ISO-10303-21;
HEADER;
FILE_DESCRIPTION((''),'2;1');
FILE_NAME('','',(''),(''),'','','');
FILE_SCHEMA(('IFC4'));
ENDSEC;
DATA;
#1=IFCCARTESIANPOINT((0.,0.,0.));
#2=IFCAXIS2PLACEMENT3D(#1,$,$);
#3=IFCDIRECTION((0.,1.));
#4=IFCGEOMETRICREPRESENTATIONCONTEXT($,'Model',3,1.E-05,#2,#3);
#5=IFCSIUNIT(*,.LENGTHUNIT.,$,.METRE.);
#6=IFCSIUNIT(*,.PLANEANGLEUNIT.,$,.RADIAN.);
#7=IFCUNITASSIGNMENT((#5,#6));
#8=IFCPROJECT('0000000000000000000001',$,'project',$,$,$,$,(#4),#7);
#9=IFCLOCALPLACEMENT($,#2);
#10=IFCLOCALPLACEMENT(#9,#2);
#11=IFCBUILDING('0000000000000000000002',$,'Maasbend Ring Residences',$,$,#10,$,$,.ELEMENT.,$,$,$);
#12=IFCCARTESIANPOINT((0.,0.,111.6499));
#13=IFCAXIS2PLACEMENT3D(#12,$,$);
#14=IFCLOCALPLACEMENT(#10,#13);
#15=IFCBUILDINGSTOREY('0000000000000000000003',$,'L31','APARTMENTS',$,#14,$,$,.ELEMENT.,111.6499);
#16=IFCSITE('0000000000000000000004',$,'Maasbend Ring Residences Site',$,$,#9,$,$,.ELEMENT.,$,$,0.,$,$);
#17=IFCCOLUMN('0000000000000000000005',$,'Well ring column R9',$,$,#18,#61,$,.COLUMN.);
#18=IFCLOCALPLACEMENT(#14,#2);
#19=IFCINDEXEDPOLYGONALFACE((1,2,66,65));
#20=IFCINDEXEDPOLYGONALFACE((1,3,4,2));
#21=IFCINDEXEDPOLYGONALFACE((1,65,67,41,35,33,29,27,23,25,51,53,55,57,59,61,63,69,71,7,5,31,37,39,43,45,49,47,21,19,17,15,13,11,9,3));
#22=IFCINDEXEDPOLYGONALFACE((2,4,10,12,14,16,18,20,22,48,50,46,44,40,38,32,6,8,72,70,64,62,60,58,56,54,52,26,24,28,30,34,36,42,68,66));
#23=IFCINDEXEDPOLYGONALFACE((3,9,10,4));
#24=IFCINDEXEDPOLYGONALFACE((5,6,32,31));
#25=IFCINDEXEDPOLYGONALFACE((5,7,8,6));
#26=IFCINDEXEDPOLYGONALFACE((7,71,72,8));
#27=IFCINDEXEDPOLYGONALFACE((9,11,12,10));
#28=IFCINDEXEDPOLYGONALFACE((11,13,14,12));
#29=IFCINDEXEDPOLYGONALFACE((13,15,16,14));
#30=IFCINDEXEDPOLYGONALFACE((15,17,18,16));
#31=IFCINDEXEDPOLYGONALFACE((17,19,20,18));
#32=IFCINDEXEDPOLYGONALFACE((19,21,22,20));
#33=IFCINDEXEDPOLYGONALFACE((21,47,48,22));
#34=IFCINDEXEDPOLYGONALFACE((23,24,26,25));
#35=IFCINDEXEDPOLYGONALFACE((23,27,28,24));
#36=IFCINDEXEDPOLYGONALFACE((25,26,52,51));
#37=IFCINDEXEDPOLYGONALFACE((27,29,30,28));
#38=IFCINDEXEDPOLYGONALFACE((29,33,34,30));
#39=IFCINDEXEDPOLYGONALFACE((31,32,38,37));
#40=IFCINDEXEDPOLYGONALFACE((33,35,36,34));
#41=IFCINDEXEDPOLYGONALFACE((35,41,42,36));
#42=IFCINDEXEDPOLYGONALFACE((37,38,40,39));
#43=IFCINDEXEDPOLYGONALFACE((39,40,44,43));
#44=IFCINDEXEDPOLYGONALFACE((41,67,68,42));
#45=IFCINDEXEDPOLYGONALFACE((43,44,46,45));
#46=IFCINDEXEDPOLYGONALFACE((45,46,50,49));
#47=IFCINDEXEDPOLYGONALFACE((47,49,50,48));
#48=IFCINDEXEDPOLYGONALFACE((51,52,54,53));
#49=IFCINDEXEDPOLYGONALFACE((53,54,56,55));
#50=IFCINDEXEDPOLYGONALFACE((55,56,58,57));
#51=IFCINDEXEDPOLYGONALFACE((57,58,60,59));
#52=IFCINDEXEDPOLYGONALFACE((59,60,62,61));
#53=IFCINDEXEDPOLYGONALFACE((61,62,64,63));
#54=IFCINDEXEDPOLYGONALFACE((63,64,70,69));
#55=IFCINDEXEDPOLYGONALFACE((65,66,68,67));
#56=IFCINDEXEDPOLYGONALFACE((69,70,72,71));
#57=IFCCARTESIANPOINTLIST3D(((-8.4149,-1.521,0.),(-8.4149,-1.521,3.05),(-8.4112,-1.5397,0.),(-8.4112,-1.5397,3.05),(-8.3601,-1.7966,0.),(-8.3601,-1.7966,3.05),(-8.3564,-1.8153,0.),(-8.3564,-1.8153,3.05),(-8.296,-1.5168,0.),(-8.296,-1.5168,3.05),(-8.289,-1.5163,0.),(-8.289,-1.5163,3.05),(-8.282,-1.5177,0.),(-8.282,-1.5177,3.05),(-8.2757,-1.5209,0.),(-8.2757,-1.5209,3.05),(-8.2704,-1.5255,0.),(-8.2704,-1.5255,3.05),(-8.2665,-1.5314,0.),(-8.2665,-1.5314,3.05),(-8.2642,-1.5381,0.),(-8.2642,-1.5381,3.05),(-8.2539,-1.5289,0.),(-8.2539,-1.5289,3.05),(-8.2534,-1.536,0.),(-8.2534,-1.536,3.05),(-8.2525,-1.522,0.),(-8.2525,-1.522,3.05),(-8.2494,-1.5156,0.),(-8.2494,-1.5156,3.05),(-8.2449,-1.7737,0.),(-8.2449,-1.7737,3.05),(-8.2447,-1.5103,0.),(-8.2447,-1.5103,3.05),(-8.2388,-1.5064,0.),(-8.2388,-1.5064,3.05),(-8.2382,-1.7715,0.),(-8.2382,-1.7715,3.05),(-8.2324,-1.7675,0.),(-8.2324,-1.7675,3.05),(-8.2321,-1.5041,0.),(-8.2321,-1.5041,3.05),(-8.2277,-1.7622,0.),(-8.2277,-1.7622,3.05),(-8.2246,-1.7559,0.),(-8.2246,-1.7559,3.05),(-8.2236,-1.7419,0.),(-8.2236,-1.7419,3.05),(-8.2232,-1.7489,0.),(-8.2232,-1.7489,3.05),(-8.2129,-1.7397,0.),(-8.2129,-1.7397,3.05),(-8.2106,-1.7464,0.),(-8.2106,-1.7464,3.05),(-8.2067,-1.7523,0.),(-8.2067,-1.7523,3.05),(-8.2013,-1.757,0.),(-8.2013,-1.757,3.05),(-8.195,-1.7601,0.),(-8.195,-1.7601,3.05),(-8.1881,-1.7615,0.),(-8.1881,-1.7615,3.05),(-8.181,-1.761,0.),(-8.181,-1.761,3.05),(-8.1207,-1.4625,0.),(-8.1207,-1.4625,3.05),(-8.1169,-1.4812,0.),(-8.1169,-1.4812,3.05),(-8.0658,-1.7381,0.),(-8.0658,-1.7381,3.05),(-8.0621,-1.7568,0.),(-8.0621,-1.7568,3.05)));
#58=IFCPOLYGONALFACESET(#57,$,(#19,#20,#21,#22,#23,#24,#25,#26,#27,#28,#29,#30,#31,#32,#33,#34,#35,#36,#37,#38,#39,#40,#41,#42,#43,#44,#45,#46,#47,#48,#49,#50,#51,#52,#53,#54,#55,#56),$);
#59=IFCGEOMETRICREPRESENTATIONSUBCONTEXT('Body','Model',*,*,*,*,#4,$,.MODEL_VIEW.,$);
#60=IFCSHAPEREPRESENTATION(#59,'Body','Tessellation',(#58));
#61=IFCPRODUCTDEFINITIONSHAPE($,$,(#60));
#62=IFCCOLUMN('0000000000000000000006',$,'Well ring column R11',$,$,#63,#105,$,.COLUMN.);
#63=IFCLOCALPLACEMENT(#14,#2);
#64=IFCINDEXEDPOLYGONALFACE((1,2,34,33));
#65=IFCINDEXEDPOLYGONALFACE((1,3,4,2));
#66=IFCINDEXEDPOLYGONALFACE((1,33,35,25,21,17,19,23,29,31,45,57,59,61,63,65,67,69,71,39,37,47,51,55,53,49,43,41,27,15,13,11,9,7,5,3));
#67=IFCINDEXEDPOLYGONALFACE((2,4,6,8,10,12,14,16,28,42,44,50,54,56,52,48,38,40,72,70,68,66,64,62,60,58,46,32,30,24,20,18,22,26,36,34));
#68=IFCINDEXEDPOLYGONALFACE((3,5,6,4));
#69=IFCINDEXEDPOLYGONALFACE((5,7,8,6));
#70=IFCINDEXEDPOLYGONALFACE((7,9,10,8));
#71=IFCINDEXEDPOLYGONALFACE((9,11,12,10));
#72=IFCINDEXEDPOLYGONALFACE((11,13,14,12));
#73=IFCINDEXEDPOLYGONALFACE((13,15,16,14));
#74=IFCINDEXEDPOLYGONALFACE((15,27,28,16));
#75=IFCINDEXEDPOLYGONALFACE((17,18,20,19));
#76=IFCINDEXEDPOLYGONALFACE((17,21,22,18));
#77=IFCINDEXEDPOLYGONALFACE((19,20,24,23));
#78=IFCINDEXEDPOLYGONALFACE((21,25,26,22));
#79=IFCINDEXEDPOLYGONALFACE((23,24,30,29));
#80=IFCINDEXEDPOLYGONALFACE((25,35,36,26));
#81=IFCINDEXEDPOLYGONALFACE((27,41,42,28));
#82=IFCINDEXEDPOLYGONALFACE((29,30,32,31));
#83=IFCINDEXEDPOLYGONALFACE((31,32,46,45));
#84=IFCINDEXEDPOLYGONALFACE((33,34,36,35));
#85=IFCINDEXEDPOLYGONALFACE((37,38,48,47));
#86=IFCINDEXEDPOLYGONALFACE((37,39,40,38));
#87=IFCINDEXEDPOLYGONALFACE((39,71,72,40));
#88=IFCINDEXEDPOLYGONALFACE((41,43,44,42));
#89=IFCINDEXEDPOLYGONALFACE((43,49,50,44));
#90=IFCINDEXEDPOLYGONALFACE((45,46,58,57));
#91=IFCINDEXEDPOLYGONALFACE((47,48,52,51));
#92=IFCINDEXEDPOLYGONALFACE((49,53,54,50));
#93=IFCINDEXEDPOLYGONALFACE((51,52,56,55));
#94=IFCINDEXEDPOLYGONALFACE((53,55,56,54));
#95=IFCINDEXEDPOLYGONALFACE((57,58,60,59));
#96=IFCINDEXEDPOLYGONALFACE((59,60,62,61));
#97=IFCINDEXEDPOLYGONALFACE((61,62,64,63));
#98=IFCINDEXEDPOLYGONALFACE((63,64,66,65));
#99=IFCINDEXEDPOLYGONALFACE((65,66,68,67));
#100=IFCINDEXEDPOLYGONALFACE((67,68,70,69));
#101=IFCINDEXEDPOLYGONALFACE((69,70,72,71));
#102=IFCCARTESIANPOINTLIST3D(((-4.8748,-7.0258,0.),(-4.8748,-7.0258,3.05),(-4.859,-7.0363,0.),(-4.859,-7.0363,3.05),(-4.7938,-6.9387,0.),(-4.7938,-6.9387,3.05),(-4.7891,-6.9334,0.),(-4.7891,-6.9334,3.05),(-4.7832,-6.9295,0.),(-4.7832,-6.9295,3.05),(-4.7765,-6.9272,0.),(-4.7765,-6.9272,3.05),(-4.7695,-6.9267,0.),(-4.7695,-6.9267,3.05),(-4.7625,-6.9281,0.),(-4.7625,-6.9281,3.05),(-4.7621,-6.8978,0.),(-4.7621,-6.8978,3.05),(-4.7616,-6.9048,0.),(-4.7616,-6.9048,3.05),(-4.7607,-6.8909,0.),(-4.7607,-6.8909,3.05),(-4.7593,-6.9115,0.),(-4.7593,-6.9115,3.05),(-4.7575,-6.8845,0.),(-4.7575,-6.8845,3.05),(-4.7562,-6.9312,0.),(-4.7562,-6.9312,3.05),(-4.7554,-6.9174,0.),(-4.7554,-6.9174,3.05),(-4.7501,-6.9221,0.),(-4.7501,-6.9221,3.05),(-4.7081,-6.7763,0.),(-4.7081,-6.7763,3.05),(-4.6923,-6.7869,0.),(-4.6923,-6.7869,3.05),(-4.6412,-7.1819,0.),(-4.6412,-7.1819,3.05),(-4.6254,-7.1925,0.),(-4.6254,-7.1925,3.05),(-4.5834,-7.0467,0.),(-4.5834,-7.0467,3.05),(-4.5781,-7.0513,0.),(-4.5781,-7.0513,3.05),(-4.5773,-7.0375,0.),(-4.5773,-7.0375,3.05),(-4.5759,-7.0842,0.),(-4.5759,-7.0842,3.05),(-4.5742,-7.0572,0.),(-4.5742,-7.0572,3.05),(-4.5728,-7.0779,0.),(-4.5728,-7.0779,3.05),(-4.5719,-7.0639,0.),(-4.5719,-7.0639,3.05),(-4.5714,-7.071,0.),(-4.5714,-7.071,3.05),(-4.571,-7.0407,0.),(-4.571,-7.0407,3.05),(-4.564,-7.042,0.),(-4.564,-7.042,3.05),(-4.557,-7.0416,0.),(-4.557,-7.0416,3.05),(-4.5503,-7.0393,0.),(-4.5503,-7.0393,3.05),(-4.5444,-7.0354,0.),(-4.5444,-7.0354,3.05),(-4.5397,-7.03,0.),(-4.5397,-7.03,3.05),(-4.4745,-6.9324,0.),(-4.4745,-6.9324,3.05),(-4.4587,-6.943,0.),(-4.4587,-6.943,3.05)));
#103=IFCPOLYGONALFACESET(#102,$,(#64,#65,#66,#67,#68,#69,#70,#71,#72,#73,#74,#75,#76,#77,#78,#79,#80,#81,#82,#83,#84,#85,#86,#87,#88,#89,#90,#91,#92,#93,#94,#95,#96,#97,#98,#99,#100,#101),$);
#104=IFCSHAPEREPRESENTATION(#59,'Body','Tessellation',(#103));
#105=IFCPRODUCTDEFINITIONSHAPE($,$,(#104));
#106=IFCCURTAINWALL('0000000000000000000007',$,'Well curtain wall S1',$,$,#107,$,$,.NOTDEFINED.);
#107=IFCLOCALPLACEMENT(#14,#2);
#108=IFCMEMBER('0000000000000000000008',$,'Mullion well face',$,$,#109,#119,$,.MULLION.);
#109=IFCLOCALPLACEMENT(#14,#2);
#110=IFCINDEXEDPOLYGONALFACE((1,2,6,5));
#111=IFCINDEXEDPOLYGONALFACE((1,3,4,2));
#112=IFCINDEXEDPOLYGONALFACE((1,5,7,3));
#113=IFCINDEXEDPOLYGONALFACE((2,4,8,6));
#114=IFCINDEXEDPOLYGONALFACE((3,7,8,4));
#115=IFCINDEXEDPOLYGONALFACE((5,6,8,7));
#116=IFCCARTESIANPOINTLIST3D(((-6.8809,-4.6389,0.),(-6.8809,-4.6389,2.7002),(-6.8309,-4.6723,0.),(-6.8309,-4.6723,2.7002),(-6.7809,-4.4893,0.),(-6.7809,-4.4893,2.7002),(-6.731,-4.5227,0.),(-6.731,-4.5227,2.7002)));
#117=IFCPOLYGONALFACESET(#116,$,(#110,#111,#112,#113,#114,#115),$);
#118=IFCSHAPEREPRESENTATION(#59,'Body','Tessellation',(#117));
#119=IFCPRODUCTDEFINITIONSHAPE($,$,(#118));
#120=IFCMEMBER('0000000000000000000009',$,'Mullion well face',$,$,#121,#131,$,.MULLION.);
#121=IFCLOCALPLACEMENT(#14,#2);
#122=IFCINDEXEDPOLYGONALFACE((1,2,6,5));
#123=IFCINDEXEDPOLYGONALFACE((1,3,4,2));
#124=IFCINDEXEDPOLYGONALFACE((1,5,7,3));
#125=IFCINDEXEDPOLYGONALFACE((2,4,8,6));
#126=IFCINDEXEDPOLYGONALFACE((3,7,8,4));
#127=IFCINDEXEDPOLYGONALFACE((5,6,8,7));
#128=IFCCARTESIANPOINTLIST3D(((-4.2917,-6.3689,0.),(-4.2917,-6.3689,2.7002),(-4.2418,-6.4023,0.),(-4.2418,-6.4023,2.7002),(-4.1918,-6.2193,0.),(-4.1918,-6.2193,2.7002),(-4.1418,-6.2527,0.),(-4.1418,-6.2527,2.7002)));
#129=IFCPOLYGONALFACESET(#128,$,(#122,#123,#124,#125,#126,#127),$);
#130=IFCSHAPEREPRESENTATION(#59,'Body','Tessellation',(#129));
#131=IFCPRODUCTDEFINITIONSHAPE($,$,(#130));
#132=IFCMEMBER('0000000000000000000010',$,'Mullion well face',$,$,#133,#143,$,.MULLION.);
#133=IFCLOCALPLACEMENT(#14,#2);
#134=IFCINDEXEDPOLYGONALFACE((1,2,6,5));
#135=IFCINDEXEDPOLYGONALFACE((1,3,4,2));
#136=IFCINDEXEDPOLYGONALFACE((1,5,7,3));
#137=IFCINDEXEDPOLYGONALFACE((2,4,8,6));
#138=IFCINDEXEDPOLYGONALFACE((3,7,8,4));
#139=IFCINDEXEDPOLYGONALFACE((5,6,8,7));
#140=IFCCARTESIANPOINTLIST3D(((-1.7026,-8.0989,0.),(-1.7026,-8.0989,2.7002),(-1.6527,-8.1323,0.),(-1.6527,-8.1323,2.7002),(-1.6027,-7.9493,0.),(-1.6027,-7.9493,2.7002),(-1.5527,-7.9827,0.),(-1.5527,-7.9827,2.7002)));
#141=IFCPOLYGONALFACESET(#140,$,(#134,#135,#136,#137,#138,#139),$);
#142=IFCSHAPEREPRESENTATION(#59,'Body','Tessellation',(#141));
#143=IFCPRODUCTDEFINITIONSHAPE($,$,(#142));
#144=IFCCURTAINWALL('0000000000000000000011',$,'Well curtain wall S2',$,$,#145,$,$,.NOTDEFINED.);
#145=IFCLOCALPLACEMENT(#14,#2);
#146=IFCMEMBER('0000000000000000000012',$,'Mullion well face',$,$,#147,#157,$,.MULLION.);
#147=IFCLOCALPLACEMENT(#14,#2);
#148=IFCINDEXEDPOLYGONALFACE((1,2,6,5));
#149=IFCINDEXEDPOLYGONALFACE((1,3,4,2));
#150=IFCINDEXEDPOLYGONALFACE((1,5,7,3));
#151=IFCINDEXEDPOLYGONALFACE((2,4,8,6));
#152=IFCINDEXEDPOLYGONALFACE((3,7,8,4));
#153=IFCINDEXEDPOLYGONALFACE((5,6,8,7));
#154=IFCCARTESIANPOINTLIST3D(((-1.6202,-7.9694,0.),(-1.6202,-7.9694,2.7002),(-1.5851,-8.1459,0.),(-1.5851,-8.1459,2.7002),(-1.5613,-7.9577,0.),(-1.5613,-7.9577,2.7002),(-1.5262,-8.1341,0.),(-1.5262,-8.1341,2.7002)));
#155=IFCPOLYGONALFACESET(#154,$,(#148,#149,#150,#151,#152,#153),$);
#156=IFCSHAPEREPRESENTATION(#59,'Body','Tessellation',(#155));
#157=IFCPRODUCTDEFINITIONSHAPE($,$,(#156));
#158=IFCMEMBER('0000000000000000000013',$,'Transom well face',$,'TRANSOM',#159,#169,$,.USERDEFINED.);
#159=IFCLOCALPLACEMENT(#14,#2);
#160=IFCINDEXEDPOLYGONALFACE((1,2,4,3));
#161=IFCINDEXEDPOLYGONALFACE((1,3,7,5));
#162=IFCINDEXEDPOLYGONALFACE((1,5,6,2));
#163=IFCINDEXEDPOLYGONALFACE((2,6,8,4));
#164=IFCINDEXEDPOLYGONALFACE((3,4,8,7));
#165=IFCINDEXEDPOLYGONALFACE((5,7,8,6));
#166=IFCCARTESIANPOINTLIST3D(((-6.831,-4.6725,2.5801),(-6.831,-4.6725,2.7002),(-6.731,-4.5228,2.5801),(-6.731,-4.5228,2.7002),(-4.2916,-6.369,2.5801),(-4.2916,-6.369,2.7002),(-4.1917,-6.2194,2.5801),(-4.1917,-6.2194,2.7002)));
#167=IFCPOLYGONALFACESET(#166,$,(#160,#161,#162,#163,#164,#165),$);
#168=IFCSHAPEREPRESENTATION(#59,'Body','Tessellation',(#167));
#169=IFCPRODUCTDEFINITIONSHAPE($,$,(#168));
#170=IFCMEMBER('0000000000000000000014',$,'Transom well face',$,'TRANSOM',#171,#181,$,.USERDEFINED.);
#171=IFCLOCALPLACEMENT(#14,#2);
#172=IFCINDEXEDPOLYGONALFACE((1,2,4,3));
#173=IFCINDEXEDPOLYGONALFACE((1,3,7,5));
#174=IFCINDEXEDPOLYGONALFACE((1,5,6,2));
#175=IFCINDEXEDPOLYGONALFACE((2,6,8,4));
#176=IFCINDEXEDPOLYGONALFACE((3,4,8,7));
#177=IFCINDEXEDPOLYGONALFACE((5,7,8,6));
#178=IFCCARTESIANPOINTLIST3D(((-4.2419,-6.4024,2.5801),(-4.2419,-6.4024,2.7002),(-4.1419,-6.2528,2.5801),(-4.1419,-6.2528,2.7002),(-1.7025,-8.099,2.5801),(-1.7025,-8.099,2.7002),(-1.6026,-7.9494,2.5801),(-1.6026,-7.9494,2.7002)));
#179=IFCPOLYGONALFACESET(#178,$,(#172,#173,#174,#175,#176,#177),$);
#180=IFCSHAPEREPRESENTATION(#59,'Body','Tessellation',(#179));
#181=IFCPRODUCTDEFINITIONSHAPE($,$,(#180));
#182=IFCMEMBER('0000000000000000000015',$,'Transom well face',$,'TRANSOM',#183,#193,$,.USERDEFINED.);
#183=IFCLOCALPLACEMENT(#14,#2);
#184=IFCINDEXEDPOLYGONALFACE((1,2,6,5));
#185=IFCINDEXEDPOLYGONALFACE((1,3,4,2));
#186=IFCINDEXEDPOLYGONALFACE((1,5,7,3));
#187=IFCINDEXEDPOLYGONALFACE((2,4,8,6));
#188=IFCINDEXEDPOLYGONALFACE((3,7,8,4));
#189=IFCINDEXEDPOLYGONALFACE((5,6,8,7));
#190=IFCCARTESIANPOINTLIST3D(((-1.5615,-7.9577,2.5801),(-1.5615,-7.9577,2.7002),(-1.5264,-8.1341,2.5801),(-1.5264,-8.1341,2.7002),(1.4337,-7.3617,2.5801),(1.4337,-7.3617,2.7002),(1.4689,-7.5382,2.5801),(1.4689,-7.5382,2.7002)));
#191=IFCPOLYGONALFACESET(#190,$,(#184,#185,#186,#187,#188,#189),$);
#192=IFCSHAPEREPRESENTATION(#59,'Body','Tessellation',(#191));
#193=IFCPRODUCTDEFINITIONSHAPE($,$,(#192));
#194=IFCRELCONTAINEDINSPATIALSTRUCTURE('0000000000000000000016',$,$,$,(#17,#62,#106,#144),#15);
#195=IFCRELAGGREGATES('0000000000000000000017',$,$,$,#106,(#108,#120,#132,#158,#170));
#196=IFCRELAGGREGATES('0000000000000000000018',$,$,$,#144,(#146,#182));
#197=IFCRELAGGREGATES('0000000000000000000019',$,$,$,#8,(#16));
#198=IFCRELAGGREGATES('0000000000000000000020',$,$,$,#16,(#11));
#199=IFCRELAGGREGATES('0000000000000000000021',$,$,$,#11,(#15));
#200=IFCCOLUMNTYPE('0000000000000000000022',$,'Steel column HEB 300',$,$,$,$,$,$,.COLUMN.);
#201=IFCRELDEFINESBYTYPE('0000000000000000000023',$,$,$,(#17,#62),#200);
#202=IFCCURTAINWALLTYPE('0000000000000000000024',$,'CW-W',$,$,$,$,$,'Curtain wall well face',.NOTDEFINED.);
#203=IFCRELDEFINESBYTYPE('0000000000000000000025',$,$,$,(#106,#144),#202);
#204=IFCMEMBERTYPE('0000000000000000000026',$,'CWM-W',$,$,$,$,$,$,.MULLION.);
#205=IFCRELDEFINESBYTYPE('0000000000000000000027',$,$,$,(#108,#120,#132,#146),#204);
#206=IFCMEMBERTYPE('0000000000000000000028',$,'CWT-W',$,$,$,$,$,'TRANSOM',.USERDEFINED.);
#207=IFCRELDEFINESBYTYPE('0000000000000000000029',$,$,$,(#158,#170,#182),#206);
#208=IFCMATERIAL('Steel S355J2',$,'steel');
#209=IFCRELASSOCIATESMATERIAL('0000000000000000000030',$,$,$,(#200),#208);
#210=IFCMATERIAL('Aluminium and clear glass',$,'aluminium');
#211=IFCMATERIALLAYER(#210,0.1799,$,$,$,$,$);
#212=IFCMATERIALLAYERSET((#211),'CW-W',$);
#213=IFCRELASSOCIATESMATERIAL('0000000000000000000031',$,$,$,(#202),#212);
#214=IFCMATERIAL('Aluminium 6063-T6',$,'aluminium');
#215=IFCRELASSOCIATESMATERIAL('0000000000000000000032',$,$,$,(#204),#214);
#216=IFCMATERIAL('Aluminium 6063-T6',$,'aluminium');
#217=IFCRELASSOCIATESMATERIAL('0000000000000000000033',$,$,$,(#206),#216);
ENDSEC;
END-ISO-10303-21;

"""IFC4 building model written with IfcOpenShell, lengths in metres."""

from ifc_helpers import new_model, si_unit, direction, frame, origin, origin_2d, place, context, subcontext, project, spatial, rectangle, i_section, extrude, material, layer, layer_set, material_profile, profile_set, type_object, element, aggregate, save


model = new_model("IFC4")

# Units and contexts
model_context = context("Model", 3, precision=1e-05, world=origin(), true_north=direction((0.0, 1.0)))
body_context = subcontext(model_context, "Body", "Model", "MODEL_VIEW")
ifc_project = project(units=[si_unit("LENGTHUNIT", "METRE"), si_unit("PLANEANGLEUNIT", "RADIAN")], contexts=[model_context])

# Site, building, storey
site_placement = place(None, origin())
site = spatial("IfcSite", under=ifc_project, at=site_placement, Name="Maasbend Ring Residences Site", CompositionType="ELEMENT", RefElevation=0.0)
building_placement = place(site_placement, origin())
building = spatial("IfcBuilding", under=site, at=building_placement, Name="Maasbend Ring Residences", CompositionType="ELEMENT")
storey_placement = place(building_placement, frame((0.0, 0.0, 111.6499)))
storey = spatial("IfcBuildingStorey", under=building, at=storey_placement, Name="L31", Description="APARTMENTS", CompositionType="ELEMENT", Elevation=111.6499)

# Columns
ifc_material_1 = material(Name="Steel S355J2", Category="steel")
ifc_material_profile_1 = material_profile(ifc_material_1, i_section(OverallWidth=0.3, OverallDepth=0.3, WebThickness=0.011, FlangeThickness=0.019, FilletRadius=0.0271, at=origin_2d()), Name="HEB 300")
ifc_profile_set_1 = profile_set([ifc_material_profile_1], Name="Steel S355J2")
column_type = type_object("IfcColumnType", Name="Steel column HEB 300", PredefinedType="COLUMN", material=ifc_profile_set_1)
for number, where, z_axis, x_axis, name in (
    (1, (-8.2385, -1.6389, 0.0), (0.0, 0.0, 1.0), (-0.980785, -0.19509, 0.0), "Well ring column R9"),
    (2, (-4.6667, -6.9844, 0.0), (0.0, 0.0, 1.0), (-0.55557, -0.83147, 0.0), "Well ring column R11"),
):
    element("IfcColumn", number, at=place(storey_placement, frame(where, z_axis=z_axis, x_axis=x_axis)), inside=storey, type_object=column_type, Name=name, PredefinedType="COLUMN", context=body_context, shape_type="SweptSolid", body=[
        extrude(i_section(OverallWidth=0.3, OverallDepth=0.3, WebThickness=0.011, FlangeThickness=0.019, FilletRadius=0.0271, at=origin_2d()), origin(), (0.0, 0.0, 1.0), 3.05),
    ])

# Curtain wall, members
ifc_material_2 = material(Name="Aluminium and clear glass", Category="aluminium")
ifc_layer_1 = layer(ifc_material_2, 0.1799)
ifc_layer_set_1 = layer_set([ifc_layer_1], Name="CW-W")
curtain_wall_type = type_object("IfcCurtainWallType", Name="CW-W", ElementType="Curtain wall well face", PredefinedType="NOTDEFINED", material=ifc_layer_set_1)
curtain_wall_1_placement = place(storey_placement, origin())
curtain_wall_1 = element("IfcCurtainWall", 3, at=curtain_wall_1_placement, inside=storey, type_object=curtain_wall_type, Name="Well curtain wall S1", PredefinedType="NOTDEFINED")
ifc_material_3 = material(Name="Aluminium 6063-T6", Category="aluminium")
ifc_material_profile_2 = material_profile(ifc_material_3, rectangle(XDim=0.1799, YDim=0.0601, at=origin_2d()), Name="AL 180x60")
ifc_profile_set_2 = profile_set([ifc_material_profile_2], Name="Aluminium 6063-T6")
member_type_1 = type_object("IfcMemberType", Name="CWM-W", PredefinedType="MULLION", material=ifc_profile_set_2)
member_1_placement = place(storey_placement, frame((-6.8059, -4.5808, 0.0), z_axis=(0.0, 0.0, 1.0), x_axis=(0.55557, 0.83147, 0.0)))
member_1 = element("IfcMember", 4, at=member_1_placement, type_object=member_type_1, Name="Mullion well face", PredefinedType="MULLION", context=body_context, shape_type="SweptSolid", body=[
    extrude(rectangle(XDim=0.1799, YDim=0.0601, at=origin_2d()), origin(), (0.0, 0.0, 1.0), 2.7002),
])
member_2_placement = place(storey_placement, frame((-4.2168, -6.3108, 0.0), z_axis=(0.0, 0.0, 1.0), x_axis=(0.55557, 0.83147, 0.0)))
member_2 = element("IfcMember", 5, at=member_2_placement, type_object=member_type_1, Name="Mullion well face", PredefinedType="MULLION", context=body_context, shape_type="SweptSolid", body=[
    extrude(rectangle(XDim=0.1799, YDim=0.0601, at=origin_2d()), origin(), (0.0, 0.0, 1.0), 2.7002),
])
member_3_placement = place(storey_placement, frame((-1.6277, -8.0408, 0.0), z_axis=(0.0, 0.0, 1.0), x_axis=(0.55557, 0.83147, 0.0)))
member_3 = element("IfcMember", 6, at=member_3_placement, type_object=member_type_1, Name="Mullion well face", PredefinedType="MULLION", context=body_context, shape_type="SweptSolid", body=[
    extrude(rectangle(XDim=0.1799, YDim=0.0601, at=origin_2d()), origin(), (0.0, 0.0, 1.0), 2.7002),
])

# Curtain wall, member
curtain_wall_2_placement = place(storey_placement, origin())
curtain_wall_2 = element("IfcCurtainWall", 7, at=curtain_wall_2_placement, inside=storey, type_object=curtain_wall_type, Name="Well curtain wall S2", PredefinedType="NOTDEFINED")
member_4_placement = place(storey_placement, frame((-1.5732, -8.0518, 0.0), z_axis=(0.0, 0.0, 1.0), x_axis=(-0.19509, 0.980785, 0.0)))
member_4 = element("IfcMember", 8, at=member_4_placement, type_object=member_type_1, Name="Mullion well face", PredefinedType="MULLION", context=body_context, shape_type="SweptSolid", body=[
    extrude(rectangle(XDim=0.1799, YDim=0.0601, at=origin_2d()), origin(), (0.0, 0.0, 1.0), 2.7002),
])

# Members
ifc_material_4 = material(Name="Aluminium 6063-T6", Category="aluminium")
ifc_material_profile_3 = material_profile(ifc_material_4, rectangle(XDim=0.1799, YDim=0.1201, at=origin_2d()), Name="AL 180x120")
ifc_profile_set_3 = profile_set([ifc_material_profile_3], Name="Aluminium 6063-T6")
member_type_2 = type_object("IfcMemberType", Name="CWT-W", ElementType="TRANSOM", PredefinedType="USERDEFINED", material=ifc_profile_set_3)
member_5_placement = place(storey_placement, frame((-6.781, -4.5977, 2.6401), z_axis=(0.831496, -0.55553, 0.0), x_axis=(0.55553, 0.831496, 0.0)))
member_5 = element("IfcMember", 9, at=member_5_placement, type_object=member_type_2, Name="Transom well face", ObjectType="TRANSOM", PredefinedType="USERDEFINED", context=body_context, shape_type="SweptSolid", body=[
    extrude(rectangle(XDim=0.1799, YDim=0.1201, at=origin_2d()), origin(), (0.0, 0.0, 1.0), 3.054),
])
member_6_placement = place(storey_placement, frame((-4.1919, -6.3276, 2.6401), z_axis=(0.831496, -0.55553, 0.0), x_axis=(0.55553, 0.831496, 0.0)))
member_6 = element("IfcMember", 10, at=member_6_placement, type_object=member_type_2, Name="Transom well face", ObjectType="TRANSOM", PredefinedType="USERDEFINED", context=body_context, shape_type="SweptSolid", body=[
    extrude(rectangle(XDim=0.1799, YDim=0.1201, at=origin_2d()), origin(), (0.0, 0.0, 1.0), 3.054),
])
member_7_placement = place(storey_placement, frame((-1.5439, -8.0459, 2.6401), z_axis=(0.980777, 0.195132, 0.0), x_axis=(-0.195132, 0.980777, 0.0)))
member_7 = element("IfcMember", 11, at=member_7_placement, type_object=member_type_2, Name="Transom well face", ObjectType="TRANSOM", PredefinedType="USERDEFINED", context=body_context, shape_type="SweptSolid", body=[
    extrude(rectangle(XDim=0.1799, YDim=0.1201, at=origin_2d()), origin(), (0.0, 0.0, 1.0), 3.054),
])

aggregate(curtain_wall_1, [member_1, member_2, member_3, member_5, member_6])
aggregate(curtain_wall_2, [member_4, member_7])

save(model, "model.ifc")
